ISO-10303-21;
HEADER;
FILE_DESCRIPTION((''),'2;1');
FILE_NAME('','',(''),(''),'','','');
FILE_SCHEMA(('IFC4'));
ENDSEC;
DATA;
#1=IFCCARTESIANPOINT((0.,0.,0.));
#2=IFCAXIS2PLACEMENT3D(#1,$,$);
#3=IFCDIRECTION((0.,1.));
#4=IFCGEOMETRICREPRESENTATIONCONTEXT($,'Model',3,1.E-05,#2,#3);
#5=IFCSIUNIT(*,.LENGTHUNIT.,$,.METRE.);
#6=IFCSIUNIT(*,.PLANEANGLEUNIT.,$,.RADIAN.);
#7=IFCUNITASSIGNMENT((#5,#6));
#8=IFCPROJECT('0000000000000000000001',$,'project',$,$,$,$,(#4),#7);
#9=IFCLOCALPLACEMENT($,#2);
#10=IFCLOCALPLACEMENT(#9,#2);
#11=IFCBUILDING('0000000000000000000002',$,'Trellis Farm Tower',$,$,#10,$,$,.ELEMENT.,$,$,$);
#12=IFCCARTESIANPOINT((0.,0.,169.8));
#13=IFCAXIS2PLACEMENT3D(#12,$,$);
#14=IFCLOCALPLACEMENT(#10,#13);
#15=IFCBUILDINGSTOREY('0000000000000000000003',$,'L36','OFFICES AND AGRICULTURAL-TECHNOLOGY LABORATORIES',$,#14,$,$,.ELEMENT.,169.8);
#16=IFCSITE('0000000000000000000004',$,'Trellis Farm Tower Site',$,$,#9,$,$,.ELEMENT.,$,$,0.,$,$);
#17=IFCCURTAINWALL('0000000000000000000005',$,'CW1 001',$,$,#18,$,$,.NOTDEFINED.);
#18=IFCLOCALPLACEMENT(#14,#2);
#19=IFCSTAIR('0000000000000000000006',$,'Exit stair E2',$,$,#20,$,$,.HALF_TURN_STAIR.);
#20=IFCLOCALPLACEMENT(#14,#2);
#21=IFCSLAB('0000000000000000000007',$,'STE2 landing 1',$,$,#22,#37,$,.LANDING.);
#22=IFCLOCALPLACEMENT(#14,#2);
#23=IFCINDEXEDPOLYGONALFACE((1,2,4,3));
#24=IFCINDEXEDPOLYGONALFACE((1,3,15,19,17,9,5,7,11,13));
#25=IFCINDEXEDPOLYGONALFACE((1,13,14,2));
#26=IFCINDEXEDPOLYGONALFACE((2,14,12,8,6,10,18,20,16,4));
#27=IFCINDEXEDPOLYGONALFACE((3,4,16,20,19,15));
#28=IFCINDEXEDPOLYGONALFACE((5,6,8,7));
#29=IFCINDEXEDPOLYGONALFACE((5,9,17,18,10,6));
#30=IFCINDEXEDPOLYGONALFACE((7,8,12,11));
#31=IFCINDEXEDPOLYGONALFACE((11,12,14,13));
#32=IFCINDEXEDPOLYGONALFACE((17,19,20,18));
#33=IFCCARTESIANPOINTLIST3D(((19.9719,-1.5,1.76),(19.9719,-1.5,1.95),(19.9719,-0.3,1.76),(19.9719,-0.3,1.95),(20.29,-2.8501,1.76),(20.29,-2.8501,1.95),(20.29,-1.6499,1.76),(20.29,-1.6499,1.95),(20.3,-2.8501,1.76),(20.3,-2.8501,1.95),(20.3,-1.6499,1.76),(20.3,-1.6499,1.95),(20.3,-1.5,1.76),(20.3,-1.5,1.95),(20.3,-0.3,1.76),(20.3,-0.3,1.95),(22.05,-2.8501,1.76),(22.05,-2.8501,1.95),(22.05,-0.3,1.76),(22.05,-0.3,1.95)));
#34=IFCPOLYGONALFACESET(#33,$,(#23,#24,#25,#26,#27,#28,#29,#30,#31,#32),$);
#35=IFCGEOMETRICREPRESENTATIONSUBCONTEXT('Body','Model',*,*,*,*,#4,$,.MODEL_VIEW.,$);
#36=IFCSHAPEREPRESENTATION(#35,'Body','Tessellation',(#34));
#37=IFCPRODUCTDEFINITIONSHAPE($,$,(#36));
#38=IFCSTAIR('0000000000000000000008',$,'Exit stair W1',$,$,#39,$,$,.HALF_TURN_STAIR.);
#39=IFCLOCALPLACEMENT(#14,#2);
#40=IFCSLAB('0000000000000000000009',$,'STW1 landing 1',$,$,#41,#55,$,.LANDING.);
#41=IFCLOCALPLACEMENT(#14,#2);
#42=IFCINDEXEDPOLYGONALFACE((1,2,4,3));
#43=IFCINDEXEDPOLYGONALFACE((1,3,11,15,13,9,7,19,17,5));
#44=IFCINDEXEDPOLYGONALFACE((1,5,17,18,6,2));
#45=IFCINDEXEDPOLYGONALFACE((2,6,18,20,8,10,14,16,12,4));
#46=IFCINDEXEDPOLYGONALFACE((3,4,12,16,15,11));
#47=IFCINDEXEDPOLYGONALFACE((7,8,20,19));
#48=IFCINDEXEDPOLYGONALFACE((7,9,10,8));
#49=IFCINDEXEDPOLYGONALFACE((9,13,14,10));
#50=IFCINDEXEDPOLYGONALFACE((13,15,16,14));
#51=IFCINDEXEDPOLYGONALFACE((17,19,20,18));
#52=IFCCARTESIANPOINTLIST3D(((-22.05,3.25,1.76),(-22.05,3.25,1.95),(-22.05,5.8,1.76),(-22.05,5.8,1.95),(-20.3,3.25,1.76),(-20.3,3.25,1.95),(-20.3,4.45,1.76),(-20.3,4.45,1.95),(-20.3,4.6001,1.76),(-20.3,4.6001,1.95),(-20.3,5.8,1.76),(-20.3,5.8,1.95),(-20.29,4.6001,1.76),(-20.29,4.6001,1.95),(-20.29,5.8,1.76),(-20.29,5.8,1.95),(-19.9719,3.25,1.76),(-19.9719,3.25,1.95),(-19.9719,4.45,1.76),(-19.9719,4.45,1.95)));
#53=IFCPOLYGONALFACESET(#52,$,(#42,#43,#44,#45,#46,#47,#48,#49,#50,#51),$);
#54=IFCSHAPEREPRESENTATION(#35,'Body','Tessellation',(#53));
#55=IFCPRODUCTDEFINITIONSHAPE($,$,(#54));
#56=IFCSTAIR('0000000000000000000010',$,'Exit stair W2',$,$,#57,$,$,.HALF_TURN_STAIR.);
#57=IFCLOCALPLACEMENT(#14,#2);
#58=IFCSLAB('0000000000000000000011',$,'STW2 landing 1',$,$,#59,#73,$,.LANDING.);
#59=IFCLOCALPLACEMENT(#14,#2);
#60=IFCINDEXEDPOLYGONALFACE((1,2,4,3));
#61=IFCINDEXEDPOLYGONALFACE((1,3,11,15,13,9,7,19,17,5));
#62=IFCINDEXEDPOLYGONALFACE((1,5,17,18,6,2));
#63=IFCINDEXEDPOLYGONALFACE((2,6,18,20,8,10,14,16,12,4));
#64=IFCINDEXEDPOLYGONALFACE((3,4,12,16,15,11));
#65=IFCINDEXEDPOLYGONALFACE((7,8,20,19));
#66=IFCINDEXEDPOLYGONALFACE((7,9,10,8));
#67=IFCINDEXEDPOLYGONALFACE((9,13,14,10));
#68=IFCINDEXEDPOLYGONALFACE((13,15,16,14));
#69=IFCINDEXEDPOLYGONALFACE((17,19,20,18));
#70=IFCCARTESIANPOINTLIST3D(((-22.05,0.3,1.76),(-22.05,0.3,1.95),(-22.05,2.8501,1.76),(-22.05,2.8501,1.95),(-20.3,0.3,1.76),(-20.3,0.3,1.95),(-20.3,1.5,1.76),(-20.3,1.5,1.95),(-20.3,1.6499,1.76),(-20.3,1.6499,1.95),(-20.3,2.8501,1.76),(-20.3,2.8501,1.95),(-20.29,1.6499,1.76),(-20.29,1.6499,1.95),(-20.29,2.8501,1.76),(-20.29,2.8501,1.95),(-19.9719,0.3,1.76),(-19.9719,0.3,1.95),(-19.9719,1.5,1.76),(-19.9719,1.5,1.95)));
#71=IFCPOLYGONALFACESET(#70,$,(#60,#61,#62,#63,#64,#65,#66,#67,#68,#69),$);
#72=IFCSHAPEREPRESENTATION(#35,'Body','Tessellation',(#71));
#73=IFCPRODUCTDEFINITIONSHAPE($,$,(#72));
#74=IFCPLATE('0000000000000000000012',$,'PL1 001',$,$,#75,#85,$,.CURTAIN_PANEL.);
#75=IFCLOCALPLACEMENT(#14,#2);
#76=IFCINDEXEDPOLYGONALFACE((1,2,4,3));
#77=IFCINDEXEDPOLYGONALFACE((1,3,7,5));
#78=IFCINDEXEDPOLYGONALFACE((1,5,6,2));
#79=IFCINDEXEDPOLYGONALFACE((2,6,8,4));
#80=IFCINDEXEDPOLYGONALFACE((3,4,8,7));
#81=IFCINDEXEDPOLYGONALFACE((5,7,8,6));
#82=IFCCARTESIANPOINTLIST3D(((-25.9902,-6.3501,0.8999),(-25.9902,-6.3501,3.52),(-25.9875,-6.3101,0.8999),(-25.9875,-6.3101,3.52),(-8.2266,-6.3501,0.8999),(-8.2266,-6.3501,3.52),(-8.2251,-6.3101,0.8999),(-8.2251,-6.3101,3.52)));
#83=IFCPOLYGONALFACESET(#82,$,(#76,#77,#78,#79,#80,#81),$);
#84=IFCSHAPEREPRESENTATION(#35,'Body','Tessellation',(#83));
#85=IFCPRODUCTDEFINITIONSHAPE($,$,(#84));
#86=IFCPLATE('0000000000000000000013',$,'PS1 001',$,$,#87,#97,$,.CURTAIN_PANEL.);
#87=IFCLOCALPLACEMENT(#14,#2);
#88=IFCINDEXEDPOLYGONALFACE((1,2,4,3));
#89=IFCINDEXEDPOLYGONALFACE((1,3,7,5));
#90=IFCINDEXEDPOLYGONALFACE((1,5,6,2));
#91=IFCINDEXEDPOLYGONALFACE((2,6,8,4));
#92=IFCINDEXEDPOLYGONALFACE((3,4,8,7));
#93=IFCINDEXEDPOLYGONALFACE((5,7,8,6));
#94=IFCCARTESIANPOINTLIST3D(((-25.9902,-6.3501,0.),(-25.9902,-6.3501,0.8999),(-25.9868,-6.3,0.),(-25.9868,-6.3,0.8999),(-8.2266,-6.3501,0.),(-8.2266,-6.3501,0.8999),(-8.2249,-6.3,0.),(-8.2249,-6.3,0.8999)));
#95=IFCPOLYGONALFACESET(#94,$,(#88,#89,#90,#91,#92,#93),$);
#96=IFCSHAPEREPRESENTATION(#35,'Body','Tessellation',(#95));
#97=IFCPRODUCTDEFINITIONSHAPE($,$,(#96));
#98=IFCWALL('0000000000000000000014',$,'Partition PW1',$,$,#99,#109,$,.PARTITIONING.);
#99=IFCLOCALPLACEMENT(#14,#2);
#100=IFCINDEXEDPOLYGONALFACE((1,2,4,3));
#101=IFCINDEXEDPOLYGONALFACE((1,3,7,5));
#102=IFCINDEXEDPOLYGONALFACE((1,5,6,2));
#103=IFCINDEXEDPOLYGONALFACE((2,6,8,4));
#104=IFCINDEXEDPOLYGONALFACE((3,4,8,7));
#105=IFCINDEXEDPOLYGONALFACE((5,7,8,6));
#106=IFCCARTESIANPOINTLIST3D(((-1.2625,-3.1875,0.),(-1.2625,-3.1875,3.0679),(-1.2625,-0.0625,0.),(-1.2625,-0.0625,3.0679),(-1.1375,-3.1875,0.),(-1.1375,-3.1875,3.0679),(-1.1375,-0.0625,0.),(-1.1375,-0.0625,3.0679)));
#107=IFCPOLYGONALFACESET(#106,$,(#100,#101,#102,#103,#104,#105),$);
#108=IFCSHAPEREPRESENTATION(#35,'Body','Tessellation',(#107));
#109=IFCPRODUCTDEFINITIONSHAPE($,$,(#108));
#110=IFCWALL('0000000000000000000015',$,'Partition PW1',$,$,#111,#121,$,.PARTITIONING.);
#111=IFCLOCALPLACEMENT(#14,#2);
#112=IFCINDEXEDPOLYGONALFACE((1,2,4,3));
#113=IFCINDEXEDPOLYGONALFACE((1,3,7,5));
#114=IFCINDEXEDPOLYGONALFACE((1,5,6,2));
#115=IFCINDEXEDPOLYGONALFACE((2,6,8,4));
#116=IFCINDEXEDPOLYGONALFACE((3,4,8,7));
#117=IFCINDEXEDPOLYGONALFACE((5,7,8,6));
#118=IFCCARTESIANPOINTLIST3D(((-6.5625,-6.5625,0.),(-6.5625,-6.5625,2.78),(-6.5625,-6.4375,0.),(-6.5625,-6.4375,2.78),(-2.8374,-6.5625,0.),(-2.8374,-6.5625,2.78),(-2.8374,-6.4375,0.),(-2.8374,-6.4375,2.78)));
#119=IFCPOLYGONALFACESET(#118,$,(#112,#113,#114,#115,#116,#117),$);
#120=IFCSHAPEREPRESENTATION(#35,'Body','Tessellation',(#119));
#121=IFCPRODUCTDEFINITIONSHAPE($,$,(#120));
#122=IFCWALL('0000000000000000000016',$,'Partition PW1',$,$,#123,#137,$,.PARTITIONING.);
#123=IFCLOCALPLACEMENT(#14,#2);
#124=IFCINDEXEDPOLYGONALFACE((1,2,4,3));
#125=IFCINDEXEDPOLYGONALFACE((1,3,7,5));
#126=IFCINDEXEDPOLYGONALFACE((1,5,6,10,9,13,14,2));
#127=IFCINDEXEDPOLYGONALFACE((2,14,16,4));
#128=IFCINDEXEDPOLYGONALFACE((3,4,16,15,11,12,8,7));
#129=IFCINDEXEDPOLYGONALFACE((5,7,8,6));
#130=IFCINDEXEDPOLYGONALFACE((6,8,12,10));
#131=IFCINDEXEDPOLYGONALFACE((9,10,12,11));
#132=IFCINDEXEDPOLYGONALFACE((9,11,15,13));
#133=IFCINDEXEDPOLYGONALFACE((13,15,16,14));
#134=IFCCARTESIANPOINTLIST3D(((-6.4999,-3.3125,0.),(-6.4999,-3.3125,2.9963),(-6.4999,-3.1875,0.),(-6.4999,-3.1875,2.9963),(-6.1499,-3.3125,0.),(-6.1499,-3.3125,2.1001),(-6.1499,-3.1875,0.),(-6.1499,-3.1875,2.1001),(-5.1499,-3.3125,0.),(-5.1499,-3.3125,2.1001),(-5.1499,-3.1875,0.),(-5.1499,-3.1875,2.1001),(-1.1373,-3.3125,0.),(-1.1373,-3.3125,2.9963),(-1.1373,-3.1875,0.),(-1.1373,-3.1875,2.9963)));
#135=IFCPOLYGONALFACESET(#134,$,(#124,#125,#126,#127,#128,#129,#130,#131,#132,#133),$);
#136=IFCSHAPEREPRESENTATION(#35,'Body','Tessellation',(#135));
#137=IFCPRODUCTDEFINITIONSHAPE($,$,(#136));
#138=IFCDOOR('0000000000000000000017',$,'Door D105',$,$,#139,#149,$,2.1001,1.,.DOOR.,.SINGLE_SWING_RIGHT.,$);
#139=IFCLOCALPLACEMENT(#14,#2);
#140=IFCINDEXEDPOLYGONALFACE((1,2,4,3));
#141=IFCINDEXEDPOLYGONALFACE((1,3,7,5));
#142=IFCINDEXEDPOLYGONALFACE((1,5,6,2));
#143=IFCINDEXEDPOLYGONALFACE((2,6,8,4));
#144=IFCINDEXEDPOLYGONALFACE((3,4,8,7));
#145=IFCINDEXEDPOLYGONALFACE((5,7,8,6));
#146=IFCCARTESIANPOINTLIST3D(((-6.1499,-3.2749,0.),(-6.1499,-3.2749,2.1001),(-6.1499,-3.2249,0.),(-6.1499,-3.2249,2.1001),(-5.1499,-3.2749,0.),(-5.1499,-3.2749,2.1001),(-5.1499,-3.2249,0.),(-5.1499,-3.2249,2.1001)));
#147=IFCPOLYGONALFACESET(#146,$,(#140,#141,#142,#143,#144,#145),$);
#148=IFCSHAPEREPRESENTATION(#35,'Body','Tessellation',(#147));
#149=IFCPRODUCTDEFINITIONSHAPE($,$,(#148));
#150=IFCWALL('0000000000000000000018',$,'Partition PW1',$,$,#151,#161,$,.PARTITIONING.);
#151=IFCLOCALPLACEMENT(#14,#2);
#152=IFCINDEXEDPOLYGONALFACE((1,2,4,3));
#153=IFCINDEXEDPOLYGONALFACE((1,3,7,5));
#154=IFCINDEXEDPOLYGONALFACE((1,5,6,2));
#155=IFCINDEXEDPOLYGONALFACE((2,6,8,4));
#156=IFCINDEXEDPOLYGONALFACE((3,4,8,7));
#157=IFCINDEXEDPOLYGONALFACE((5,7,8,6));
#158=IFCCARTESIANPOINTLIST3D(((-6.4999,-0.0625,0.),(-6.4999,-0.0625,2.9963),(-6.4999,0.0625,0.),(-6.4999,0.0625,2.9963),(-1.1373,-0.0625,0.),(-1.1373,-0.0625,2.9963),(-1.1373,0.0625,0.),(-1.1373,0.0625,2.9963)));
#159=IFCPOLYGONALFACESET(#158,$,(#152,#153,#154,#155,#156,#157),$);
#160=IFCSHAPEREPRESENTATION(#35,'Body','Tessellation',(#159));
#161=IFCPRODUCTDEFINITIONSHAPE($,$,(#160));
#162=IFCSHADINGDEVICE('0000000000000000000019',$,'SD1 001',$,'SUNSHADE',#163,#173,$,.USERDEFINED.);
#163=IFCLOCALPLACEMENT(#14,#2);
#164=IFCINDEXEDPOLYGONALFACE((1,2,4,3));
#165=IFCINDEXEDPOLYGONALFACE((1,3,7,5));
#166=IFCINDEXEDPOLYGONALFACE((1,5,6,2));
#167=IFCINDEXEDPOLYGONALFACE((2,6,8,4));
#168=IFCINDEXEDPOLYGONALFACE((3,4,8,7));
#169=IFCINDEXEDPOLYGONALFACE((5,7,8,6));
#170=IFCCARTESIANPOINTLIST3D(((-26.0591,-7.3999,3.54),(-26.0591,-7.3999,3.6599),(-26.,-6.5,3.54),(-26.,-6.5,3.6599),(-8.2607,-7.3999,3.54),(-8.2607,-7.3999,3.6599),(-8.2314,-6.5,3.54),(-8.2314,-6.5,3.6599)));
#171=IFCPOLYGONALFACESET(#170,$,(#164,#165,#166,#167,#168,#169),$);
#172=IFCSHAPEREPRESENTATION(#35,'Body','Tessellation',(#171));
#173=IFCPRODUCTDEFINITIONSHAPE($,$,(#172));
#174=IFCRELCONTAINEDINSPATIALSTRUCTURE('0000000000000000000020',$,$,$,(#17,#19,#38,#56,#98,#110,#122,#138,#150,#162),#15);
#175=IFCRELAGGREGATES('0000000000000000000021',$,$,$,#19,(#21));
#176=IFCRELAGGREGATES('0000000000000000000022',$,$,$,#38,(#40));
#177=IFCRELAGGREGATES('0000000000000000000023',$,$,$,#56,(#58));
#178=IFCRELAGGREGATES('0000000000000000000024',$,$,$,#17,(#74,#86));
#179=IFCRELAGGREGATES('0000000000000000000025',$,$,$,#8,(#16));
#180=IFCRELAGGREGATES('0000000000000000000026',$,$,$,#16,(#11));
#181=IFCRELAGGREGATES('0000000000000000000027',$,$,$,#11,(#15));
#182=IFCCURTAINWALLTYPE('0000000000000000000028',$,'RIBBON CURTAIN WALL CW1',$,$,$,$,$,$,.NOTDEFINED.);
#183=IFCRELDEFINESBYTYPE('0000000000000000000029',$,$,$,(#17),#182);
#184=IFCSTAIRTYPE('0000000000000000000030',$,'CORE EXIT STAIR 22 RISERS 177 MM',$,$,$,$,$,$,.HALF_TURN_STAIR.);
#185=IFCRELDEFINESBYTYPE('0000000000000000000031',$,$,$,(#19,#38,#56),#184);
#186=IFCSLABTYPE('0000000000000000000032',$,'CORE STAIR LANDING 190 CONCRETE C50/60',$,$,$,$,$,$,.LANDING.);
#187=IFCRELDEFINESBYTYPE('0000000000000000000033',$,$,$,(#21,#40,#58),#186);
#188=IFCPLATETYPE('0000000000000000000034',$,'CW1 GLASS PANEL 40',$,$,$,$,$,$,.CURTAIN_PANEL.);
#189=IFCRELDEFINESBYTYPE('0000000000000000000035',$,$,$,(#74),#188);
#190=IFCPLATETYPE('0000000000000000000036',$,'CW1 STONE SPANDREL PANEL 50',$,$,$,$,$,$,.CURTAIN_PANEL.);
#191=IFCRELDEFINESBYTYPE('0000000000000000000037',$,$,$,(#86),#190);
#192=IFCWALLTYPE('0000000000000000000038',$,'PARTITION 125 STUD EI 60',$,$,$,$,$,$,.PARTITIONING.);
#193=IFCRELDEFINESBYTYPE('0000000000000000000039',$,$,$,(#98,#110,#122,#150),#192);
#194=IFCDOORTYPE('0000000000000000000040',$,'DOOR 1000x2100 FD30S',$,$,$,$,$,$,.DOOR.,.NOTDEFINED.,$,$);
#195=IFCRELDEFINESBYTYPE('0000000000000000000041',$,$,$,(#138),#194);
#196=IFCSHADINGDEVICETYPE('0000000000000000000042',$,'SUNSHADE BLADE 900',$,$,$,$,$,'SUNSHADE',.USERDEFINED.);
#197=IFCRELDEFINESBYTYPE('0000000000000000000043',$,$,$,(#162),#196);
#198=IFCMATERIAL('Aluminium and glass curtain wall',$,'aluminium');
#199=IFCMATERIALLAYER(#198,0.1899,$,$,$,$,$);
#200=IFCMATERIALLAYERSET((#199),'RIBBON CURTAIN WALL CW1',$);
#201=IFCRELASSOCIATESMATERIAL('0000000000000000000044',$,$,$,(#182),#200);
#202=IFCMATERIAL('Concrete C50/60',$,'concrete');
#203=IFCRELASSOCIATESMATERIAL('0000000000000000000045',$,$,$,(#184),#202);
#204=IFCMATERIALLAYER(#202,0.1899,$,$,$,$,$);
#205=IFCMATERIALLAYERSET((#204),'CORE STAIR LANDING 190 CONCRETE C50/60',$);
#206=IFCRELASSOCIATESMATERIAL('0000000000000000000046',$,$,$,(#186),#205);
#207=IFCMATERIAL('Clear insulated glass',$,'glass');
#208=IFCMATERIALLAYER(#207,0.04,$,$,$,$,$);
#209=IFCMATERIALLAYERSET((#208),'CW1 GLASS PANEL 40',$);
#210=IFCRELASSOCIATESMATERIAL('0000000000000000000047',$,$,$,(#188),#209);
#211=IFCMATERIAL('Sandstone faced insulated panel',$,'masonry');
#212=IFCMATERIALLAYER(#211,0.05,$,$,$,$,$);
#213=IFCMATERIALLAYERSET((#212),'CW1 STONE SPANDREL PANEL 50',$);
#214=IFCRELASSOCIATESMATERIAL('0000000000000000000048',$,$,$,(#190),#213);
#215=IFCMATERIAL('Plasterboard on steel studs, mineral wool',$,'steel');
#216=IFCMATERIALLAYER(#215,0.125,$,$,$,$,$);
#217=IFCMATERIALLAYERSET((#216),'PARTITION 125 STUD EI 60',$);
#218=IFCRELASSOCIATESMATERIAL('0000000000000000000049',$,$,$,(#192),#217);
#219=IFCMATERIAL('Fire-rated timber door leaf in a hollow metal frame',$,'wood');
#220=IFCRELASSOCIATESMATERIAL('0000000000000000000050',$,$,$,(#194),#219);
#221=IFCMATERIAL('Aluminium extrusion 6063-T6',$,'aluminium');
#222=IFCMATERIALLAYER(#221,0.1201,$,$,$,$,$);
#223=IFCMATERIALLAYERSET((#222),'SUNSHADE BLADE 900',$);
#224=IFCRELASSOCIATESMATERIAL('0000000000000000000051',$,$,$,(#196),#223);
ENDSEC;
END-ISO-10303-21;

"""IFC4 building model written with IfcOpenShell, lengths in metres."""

from ifc_helpers import new_model, si_unit, direction, frame, frame_2d, origin, place, context, subcontext, project, spatial, polyline, rectangle, outline, extrude, source, transform, mapped, material, layer, layer_set, type_object, element, fill, aggregate, save


model = new_model("IFC4")

# Units and contexts
model_context = context("Model", 3, precision=1e-05, world=origin(), true_north=direction((0.0, 1.0)))
body_context = subcontext(model_context, "Body", "Model", "MODEL_VIEW")
ifc_project = project(units=[si_unit("LENGTHUNIT", "METRE"), si_unit("PLANEANGLEUNIT", "RADIAN")], contexts=[model_context])

# Site, building, storey
site_placement = place(None, origin())
site = spatial("IfcSite", under=ifc_project, at=site_placement, Name="Trellis Farm Tower Site", CompositionType="ELEMENT", RefElevation=0.0)
building_placement = place(site_placement, origin())
building = spatial("IfcBuilding", under=site, at=building_placement, Name="Trellis Farm Tower", CompositionType="ELEMENT")
storey_placement = place(building_placement, frame((0.0, 0.0, 169.8)))
storey = spatial("IfcBuildingStorey", under=building, at=storey_placement, Name="L36", Description="OFFICES AND AGRICULTURAL-TECHNOLOGY LABORATORIES", CompositionType="ELEMENT", Elevation=169.8)

# Curtain wall
ifc_material_1 = material(Name="Aluminium and glass curtain wall", Category="aluminium")
ifc_layer_1 = layer(ifc_material_1, 0.1899)
ifc_layer_set_1 = layer_set([ifc_layer_1], Name="RIBBON CURTAIN WALL CW1")
curtain_wall_type = type_object("IfcCurtainWallType", Name="RIBBON CURTAIN WALL CW1", PredefinedType="NOTDEFINED", material=ifc_layer_set_1)
placement_1 = place(storey_placement, origin())
curtain_wall = element("IfcCurtainWall", 1, at=placement_1, inside=storey, type_object=curtain_wall_type, Name="CW1 001", PredefinedType="NOTDEFINED")
ifc_material_2 = material(Name="Aluminium extrusion 6063-T6", Category="aluminium")

# Stairs, slabs
ifc_material_3 = material(Name="Concrete C50/60", Category="concrete")
stair_type = type_object("IfcStairType", Name="CORE EXIT STAIR 22 RISERS 177 MM", PredefinedType="HALF_TURN_STAIR", material=ifc_material_3)
ifc_layer_2 = layer(ifc_material_3, 0.1899)
ifc_layer_set_2 = layer_set([ifc_layer_2], Name="CORE STAIR LANDING 190 CONCRETE C50/60")
slab_type_1 = type_object("IfcSlabType", Name="CORE STAIR LANDING 190 CONCRETE C50/60", PredefinedType="LANDING", material=ifc_layer_set_2)
placement_2 = place(storey_placement, frame((0.0, 0.0, 1.76)))
stair_1 = element("IfcStair", 2, at=placement_1, inside=storey, type_object=stair_type, Name="Exit stair E2", PredefinedType="HALF_TURN_STAIR")
shared_shape_1 = source(origin(), body_context, "Body", "SweptSolid", [
    extrude(outline(polyline([(20.29, -2.8501), (20.29, -1.6499), (20.3, -1.6499), (20.3, -1.5), (19.9719, -1.5), (19.9719, -0.3), (20.3, -0.3), (22.05, -0.3), (22.05, -2.8501), (20.3, -2.8501), (20.29, -2.8501)])), origin(), (0.0, 0.0, 1.0), 0.1899),
])
slab_1 = element("IfcSlab", 3, at=placement_2, type_object=slab_type_1, Name="STE2 landing 1", PredefinedType="LANDING", context=body_context, shape_type="MappedRepresentation", body=[
    mapped(shared_shape_1, transform((0.0, 0.0, 0.0))),
])
aggregate(stair_1, [slab_1])
stair_2 = element("IfcStair", 4, at=placement_1, inside=storey, type_object=stair_type, Name="Exit stair W1", PredefinedType="HALF_TURN_STAIR")
shared_shape_2 = source(origin(), body_context, "Body", "SweptSolid", [
    extrude(outline(polyline([(-19.9719, 4.45), (-19.9719, 3.25), (-20.3, 3.25), (-22.05, 3.25), (-22.05, 5.8), (-20.3, 5.8), (-20.29, 5.8), (-20.29, 4.6001), (-20.3, 4.6001), (-20.3, 4.45), (-19.9719, 4.45)])), origin(), (0.0, 0.0, 1.0), 0.1899),
])
slab_2 = element("IfcSlab", 5, at=placement_2, type_object=slab_type_1, Name="STW1 landing 1", PredefinedType="LANDING", context=body_context, shape_type="MappedRepresentation", body=[
    mapped(shared_shape_2, transform((0.0, 0.0, 0.0))),
])
aggregate(stair_2, [slab_2])
stair_3 = element("IfcStair", 6, at=placement_1, inside=storey, type_object=stair_type, Name="Exit stair W2", PredefinedType="HALF_TURN_STAIR")
shared_shape_3 = source(origin(), body_context, "Body", "SweptSolid", [
    extrude(outline(polyline([(-19.9719, 1.5), (-19.9719, 0.3), (-20.3, 0.3), (-22.05, 0.3), (-22.05, 2.8501), (-20.3, 2.8501), (-20.29, 2.8501), (-20.29, 1.6499), (-20.3, 1.6499), (-20.3, 1.5), (-19.9719, 1.5)])), origin(), (0.0, 0.0, 1.0), 0.1899),
])
slab_3 = element("IfcSlab", 7, at=placement_2, type_object=slab_type_1, Name="STW2 landing 1", PredefinedType="LANDING", context=body_context, shape_type="MappedRepresentation", body=[
    mapped(shared_shape_3, transform((0.0, 0.0, 0.0))),
])
aggregate(stair_3, [slab_3])

# Plates
ifc_material_4 = material(Name="Clear insulated glass", Category="glass")
ifc_layer_3 = layer(ifc_material_4, 0.04)
ifc_layer_set_3 = layer_set([ifc_layer_3], Name="CW1 GLASS PANEL 40")
plate_type_1 = type_object("IfcPlateType", Name="CW1 GLASS PANEL 40", PredefinedType="CURTAIN_PANEL", material=ifc_layer_set_3)
shared_shape_4 = source(origin(), body_context, "Body", "SweptSolid", [
    extrude(outline(polyline([(-25.9902, -6.3501), (-8.2266, -6.3501), (-8.2251, -6.3101), (-25.9875, -6.3101), (-25.9902, -6.3501)])), origin(), (0.0, 0.0, 1.0), 2.6201),
])
plate_1_placement = place(storey_placement, frame((0.0, 0.0, 0.8999)))
plate_1 = element("IfcPlate", 8, at=plate_1_placement, type_object=plate_type_1, Name="PL1 001", PredefinedType="CURTAIN_PANEL", context=body_context, shape_type="MappedRepresentation", body=[
    mapped(shared_shape_4, transform((0.0, 0.0, 0.0))),
])
ifc_material_5 = material(Name="Sandstone faced insulated panel", Category="masonry")
ifc_layer_4 = layer(ifc_material_5, 0.05)
ifc_layer_set_4 = layer_set([ifc_layer_4], Name="CW1 STONE SPANDREL PANEL 50")
plate_type_2 = type_object("IfcPlateType", Name="CW1 STONE SPANDREL PANEL 50", PredefinedType="CURTAIN_PANEL", material=ifc_layer_set_4)
shared_shape_5 = source(origin(), body_context, "Body", "SweptSolid", [
    extrude(outline(polyline([(-25.9902, -6.3501), (-8.2266, -6.3501), (-8.2249, -6.3), (-25.9868, -6.3), (-25.9902, -6.3501)])), origin(), (0.0, 0.0, 1.0), 0.8999),
])
plate_2 = element("IfcPlate", 9, at=placement_1, type_object=plate_type_2, Name="PS1 001", PredefinedType="CURTAIN_PANEL", context=body_context, shape_type="MappedRepresentation", body=[
    mapped(shared_shape_5, transform((0.0, 0.0, 0.0))),
])
aggregate(curtain_wall, [plate_1, plate_2])

# Walls
ifc_material_6 = material(Name="Plasterboard on steel studs, mineral wool", Category="steel")
ifc_layer_5 = layer(ifc_material_6, 0.125)
ifc_layer_set_5 = layer_set([ifc_layer_5], Name="PARTITION 125 STUD EI 60")
wall_type = type_object("IfcWallType", Name="PARTITION 125 STUD EI 60", PredefinedType="PARTITIONING", material=ifc_layer_set_5)
shared_shape_6 = source(origin(), body_context, "Body", "SweptSolid", [
    extrude(rectangle(XDim=3.125, YDim=0.125, at=frame_2d((1.5625, 0.0))), origin(), (0.0, 0.0, 1.0), 3.0679),
])
wall_1_placement = place(storey_placement, frame((-1.2, -0.0625, 0.0), z_axis=(0.0, 0.0, 1.0), x_axis=(0.0, -1.0, 0.0)))
element("IfcWall", 10, at=wall_1_placement, inside=storey, type_object=wall_type, Name="Partition PW1", PredefinedType="PARTITIONING", context=body_context, shape_type="MappedRepresentation", body=[
    mapped(shared_shape_6, transform((0.0, 0.0, 0.0))),
])
shared_shape_7 = source(origin(), body_context, "Body", "SweptSolid", [
    extrude(rectangle(XDim=3.7251, YDim=0.125, at=frame_2d((1.8625, 0.0))), origin(), (0.0, 0.0, 1.0), 2.78),
])
wall_2_placement = place(storey_placement, frame((-2.8374, -6.5, 0.0), z_axis=(0.0, 0.0, 1.0), x_axis=(-1.0, 0.0, 0.0)))
element("IfcWall", 11, at=wall_2_placement, inside=storey, type_object=wall_type, Name="Partition PW1", PredefinedType="PARTITIONING", context=body_context, shape_type="MappedRepresentation", body=[
    mapped(shared_shape_7, transform((0.0, 0.0, 0.0))),
])

# Wall, opening, door
shared_shape_8 = source(origin(), body_context, "Body", "SweptSolid", [
    extrude(rectangle(XDim=5.3625, YDim=0.125, at=frame_2d((2.6812, 0.0))), origin(), (0.0, 0.0, 1.0), 2.9963),
])
wall_3_placement = place(storey_placement, frame((-1.1375, -3.25, 0.0), z_axis=(0.0, 0.0, 1.0), x_axis=(-1.0, 0.0, 0.0)))
wall_3 = element("IfcWall", 12, at=wall_3_placement, inside=storey, type_object=wall_type, Name="Partition PW1", PredefinedType="PARTITIONING", context=body_context, shape_type="MappedRepresentation", body=[
    mapped(shared_shape_8, transform((0.0, 0.0, 0.0))),
])
shared_shape_9 = source(origin(), body_context, "Body", "SweptSolid", [
    extrude(rectangle(XDim=1.0, YDim=2.1001, at=frame_2d((0.5, 1.05))), frame((0.0, 0.0725, 0.0), z_axis=(0.0, -1.0, 0.0), x_axis=(1.0, 0.0, 0.0)), (0.0, 0.0, 1.0), 0.145),
])
opening_placement = place(wall_3_placement, frame((4.0125, 0.0, 0.0)))
opening = element("IfcOpeningElement", 13, at=opening_placement, cuts=wall_3, PredefinedType="OPENING", context=body_context, shape_type="MappedRepresentation", body=[
    mapped(shared_shape_9, transform((0.0, 0.0, 0.0))),
])
ifc_material_7 = material(Name="Fire-rated timber door leaf in a hollow metal frame", Category="wood")
door_type = type_object("IfcDoorType", Name="DOOR 1000x2100 FD30S", OperationType="NOTDEFINED", PredefinedType="DOOR", material=ifc_material_7)
shared_shape_10 = source(origin(), body_context, "Body", "SweptSolid", [
    extrude(rectangle(XDim=1.0, YDim=2.1001, at=frame_2d((0.5, 1.05))), frame((0.0, 0.0249, 0.0), z_axis=(0.0, -1.0, 0.0), x_axis=(1.0, 0.0, 0.0)), (0.0, 0.0, 1.0), 0.05),
])
door_placement = place(opening_placement, origin())
door = element("IfcDoor", 14, at=door_placement, inside=storey, type_object=door_type, Name="Door D105", OperationType="SINGLE_SWING_RIGHT", OverallHeight=2.1001, OverallWidth=1.0, PredefinedType="DOOR", context=body_context, shape_type="MappedRepresentation", body=[
    mapped(shared_shape_10, transform((0.0, 0.0, 0.0))),
])
fill(opening, door)

# Wall
wall_4_placement = place(storey_placement, frame((-1.1375, 0.0, 0.0), z_axis=(0.0, 0.0, 1.0), x_axis=(-1.0, 0.0, 0.0)))
element("IfcWall", 15, at=wall_4_placement, inside=storey, type_object=wall_type, Name="Partition PW1", PredefinedType="PARTITIONING", context=body_context, shape_type="MappedRepresentation", body=[
    mapped(shared_shape_8, transform((0.0, 0.0, 0.0))),
])

# Shading device
ifc_layer_6 = layer(ifc_material_2, 0.1201)
ifc_layer_set_6 = layer_set([ifc_layer_6], Name="SUNSHADE BLADE 900")
shading_device_type = type_object("IfcShadingDeviceType", Name="SUNSHADE BLADE 900", ElementType="SUNSHADE", PredefinedType="USERDEFINED", material=ifc_layer_set_6)
shared_shape_11 = source(origin(), body_context, "Body", "SweptSolid", [
    extrude(outline(polyline([(-26.0591, -7.3999), (-8.2607, -7.3999), (-8.2314, -6.5), (-26.0, -6.5), (-26.0591, -7.3999)])), origin(), (0.0, 0.0, 1.0), 0.1199),
])
shading_device_placement = place(storey_placement, frame((0.0, 0.0, 3.54)))
element("IfcShadingDevice", 16, at=shading_device_placement, inside=storey, type_object=shading_device_type, Name="SD1 001", ObjectType="SUNSHADE", PredefinedType="USERDEFINED", context=body_context, shape_type="MappedRepresentation", body=[
    mapped(shared_shape_11, transform((0.0, 0.0, 0.0))),
])

save(model, "model.ifc")
